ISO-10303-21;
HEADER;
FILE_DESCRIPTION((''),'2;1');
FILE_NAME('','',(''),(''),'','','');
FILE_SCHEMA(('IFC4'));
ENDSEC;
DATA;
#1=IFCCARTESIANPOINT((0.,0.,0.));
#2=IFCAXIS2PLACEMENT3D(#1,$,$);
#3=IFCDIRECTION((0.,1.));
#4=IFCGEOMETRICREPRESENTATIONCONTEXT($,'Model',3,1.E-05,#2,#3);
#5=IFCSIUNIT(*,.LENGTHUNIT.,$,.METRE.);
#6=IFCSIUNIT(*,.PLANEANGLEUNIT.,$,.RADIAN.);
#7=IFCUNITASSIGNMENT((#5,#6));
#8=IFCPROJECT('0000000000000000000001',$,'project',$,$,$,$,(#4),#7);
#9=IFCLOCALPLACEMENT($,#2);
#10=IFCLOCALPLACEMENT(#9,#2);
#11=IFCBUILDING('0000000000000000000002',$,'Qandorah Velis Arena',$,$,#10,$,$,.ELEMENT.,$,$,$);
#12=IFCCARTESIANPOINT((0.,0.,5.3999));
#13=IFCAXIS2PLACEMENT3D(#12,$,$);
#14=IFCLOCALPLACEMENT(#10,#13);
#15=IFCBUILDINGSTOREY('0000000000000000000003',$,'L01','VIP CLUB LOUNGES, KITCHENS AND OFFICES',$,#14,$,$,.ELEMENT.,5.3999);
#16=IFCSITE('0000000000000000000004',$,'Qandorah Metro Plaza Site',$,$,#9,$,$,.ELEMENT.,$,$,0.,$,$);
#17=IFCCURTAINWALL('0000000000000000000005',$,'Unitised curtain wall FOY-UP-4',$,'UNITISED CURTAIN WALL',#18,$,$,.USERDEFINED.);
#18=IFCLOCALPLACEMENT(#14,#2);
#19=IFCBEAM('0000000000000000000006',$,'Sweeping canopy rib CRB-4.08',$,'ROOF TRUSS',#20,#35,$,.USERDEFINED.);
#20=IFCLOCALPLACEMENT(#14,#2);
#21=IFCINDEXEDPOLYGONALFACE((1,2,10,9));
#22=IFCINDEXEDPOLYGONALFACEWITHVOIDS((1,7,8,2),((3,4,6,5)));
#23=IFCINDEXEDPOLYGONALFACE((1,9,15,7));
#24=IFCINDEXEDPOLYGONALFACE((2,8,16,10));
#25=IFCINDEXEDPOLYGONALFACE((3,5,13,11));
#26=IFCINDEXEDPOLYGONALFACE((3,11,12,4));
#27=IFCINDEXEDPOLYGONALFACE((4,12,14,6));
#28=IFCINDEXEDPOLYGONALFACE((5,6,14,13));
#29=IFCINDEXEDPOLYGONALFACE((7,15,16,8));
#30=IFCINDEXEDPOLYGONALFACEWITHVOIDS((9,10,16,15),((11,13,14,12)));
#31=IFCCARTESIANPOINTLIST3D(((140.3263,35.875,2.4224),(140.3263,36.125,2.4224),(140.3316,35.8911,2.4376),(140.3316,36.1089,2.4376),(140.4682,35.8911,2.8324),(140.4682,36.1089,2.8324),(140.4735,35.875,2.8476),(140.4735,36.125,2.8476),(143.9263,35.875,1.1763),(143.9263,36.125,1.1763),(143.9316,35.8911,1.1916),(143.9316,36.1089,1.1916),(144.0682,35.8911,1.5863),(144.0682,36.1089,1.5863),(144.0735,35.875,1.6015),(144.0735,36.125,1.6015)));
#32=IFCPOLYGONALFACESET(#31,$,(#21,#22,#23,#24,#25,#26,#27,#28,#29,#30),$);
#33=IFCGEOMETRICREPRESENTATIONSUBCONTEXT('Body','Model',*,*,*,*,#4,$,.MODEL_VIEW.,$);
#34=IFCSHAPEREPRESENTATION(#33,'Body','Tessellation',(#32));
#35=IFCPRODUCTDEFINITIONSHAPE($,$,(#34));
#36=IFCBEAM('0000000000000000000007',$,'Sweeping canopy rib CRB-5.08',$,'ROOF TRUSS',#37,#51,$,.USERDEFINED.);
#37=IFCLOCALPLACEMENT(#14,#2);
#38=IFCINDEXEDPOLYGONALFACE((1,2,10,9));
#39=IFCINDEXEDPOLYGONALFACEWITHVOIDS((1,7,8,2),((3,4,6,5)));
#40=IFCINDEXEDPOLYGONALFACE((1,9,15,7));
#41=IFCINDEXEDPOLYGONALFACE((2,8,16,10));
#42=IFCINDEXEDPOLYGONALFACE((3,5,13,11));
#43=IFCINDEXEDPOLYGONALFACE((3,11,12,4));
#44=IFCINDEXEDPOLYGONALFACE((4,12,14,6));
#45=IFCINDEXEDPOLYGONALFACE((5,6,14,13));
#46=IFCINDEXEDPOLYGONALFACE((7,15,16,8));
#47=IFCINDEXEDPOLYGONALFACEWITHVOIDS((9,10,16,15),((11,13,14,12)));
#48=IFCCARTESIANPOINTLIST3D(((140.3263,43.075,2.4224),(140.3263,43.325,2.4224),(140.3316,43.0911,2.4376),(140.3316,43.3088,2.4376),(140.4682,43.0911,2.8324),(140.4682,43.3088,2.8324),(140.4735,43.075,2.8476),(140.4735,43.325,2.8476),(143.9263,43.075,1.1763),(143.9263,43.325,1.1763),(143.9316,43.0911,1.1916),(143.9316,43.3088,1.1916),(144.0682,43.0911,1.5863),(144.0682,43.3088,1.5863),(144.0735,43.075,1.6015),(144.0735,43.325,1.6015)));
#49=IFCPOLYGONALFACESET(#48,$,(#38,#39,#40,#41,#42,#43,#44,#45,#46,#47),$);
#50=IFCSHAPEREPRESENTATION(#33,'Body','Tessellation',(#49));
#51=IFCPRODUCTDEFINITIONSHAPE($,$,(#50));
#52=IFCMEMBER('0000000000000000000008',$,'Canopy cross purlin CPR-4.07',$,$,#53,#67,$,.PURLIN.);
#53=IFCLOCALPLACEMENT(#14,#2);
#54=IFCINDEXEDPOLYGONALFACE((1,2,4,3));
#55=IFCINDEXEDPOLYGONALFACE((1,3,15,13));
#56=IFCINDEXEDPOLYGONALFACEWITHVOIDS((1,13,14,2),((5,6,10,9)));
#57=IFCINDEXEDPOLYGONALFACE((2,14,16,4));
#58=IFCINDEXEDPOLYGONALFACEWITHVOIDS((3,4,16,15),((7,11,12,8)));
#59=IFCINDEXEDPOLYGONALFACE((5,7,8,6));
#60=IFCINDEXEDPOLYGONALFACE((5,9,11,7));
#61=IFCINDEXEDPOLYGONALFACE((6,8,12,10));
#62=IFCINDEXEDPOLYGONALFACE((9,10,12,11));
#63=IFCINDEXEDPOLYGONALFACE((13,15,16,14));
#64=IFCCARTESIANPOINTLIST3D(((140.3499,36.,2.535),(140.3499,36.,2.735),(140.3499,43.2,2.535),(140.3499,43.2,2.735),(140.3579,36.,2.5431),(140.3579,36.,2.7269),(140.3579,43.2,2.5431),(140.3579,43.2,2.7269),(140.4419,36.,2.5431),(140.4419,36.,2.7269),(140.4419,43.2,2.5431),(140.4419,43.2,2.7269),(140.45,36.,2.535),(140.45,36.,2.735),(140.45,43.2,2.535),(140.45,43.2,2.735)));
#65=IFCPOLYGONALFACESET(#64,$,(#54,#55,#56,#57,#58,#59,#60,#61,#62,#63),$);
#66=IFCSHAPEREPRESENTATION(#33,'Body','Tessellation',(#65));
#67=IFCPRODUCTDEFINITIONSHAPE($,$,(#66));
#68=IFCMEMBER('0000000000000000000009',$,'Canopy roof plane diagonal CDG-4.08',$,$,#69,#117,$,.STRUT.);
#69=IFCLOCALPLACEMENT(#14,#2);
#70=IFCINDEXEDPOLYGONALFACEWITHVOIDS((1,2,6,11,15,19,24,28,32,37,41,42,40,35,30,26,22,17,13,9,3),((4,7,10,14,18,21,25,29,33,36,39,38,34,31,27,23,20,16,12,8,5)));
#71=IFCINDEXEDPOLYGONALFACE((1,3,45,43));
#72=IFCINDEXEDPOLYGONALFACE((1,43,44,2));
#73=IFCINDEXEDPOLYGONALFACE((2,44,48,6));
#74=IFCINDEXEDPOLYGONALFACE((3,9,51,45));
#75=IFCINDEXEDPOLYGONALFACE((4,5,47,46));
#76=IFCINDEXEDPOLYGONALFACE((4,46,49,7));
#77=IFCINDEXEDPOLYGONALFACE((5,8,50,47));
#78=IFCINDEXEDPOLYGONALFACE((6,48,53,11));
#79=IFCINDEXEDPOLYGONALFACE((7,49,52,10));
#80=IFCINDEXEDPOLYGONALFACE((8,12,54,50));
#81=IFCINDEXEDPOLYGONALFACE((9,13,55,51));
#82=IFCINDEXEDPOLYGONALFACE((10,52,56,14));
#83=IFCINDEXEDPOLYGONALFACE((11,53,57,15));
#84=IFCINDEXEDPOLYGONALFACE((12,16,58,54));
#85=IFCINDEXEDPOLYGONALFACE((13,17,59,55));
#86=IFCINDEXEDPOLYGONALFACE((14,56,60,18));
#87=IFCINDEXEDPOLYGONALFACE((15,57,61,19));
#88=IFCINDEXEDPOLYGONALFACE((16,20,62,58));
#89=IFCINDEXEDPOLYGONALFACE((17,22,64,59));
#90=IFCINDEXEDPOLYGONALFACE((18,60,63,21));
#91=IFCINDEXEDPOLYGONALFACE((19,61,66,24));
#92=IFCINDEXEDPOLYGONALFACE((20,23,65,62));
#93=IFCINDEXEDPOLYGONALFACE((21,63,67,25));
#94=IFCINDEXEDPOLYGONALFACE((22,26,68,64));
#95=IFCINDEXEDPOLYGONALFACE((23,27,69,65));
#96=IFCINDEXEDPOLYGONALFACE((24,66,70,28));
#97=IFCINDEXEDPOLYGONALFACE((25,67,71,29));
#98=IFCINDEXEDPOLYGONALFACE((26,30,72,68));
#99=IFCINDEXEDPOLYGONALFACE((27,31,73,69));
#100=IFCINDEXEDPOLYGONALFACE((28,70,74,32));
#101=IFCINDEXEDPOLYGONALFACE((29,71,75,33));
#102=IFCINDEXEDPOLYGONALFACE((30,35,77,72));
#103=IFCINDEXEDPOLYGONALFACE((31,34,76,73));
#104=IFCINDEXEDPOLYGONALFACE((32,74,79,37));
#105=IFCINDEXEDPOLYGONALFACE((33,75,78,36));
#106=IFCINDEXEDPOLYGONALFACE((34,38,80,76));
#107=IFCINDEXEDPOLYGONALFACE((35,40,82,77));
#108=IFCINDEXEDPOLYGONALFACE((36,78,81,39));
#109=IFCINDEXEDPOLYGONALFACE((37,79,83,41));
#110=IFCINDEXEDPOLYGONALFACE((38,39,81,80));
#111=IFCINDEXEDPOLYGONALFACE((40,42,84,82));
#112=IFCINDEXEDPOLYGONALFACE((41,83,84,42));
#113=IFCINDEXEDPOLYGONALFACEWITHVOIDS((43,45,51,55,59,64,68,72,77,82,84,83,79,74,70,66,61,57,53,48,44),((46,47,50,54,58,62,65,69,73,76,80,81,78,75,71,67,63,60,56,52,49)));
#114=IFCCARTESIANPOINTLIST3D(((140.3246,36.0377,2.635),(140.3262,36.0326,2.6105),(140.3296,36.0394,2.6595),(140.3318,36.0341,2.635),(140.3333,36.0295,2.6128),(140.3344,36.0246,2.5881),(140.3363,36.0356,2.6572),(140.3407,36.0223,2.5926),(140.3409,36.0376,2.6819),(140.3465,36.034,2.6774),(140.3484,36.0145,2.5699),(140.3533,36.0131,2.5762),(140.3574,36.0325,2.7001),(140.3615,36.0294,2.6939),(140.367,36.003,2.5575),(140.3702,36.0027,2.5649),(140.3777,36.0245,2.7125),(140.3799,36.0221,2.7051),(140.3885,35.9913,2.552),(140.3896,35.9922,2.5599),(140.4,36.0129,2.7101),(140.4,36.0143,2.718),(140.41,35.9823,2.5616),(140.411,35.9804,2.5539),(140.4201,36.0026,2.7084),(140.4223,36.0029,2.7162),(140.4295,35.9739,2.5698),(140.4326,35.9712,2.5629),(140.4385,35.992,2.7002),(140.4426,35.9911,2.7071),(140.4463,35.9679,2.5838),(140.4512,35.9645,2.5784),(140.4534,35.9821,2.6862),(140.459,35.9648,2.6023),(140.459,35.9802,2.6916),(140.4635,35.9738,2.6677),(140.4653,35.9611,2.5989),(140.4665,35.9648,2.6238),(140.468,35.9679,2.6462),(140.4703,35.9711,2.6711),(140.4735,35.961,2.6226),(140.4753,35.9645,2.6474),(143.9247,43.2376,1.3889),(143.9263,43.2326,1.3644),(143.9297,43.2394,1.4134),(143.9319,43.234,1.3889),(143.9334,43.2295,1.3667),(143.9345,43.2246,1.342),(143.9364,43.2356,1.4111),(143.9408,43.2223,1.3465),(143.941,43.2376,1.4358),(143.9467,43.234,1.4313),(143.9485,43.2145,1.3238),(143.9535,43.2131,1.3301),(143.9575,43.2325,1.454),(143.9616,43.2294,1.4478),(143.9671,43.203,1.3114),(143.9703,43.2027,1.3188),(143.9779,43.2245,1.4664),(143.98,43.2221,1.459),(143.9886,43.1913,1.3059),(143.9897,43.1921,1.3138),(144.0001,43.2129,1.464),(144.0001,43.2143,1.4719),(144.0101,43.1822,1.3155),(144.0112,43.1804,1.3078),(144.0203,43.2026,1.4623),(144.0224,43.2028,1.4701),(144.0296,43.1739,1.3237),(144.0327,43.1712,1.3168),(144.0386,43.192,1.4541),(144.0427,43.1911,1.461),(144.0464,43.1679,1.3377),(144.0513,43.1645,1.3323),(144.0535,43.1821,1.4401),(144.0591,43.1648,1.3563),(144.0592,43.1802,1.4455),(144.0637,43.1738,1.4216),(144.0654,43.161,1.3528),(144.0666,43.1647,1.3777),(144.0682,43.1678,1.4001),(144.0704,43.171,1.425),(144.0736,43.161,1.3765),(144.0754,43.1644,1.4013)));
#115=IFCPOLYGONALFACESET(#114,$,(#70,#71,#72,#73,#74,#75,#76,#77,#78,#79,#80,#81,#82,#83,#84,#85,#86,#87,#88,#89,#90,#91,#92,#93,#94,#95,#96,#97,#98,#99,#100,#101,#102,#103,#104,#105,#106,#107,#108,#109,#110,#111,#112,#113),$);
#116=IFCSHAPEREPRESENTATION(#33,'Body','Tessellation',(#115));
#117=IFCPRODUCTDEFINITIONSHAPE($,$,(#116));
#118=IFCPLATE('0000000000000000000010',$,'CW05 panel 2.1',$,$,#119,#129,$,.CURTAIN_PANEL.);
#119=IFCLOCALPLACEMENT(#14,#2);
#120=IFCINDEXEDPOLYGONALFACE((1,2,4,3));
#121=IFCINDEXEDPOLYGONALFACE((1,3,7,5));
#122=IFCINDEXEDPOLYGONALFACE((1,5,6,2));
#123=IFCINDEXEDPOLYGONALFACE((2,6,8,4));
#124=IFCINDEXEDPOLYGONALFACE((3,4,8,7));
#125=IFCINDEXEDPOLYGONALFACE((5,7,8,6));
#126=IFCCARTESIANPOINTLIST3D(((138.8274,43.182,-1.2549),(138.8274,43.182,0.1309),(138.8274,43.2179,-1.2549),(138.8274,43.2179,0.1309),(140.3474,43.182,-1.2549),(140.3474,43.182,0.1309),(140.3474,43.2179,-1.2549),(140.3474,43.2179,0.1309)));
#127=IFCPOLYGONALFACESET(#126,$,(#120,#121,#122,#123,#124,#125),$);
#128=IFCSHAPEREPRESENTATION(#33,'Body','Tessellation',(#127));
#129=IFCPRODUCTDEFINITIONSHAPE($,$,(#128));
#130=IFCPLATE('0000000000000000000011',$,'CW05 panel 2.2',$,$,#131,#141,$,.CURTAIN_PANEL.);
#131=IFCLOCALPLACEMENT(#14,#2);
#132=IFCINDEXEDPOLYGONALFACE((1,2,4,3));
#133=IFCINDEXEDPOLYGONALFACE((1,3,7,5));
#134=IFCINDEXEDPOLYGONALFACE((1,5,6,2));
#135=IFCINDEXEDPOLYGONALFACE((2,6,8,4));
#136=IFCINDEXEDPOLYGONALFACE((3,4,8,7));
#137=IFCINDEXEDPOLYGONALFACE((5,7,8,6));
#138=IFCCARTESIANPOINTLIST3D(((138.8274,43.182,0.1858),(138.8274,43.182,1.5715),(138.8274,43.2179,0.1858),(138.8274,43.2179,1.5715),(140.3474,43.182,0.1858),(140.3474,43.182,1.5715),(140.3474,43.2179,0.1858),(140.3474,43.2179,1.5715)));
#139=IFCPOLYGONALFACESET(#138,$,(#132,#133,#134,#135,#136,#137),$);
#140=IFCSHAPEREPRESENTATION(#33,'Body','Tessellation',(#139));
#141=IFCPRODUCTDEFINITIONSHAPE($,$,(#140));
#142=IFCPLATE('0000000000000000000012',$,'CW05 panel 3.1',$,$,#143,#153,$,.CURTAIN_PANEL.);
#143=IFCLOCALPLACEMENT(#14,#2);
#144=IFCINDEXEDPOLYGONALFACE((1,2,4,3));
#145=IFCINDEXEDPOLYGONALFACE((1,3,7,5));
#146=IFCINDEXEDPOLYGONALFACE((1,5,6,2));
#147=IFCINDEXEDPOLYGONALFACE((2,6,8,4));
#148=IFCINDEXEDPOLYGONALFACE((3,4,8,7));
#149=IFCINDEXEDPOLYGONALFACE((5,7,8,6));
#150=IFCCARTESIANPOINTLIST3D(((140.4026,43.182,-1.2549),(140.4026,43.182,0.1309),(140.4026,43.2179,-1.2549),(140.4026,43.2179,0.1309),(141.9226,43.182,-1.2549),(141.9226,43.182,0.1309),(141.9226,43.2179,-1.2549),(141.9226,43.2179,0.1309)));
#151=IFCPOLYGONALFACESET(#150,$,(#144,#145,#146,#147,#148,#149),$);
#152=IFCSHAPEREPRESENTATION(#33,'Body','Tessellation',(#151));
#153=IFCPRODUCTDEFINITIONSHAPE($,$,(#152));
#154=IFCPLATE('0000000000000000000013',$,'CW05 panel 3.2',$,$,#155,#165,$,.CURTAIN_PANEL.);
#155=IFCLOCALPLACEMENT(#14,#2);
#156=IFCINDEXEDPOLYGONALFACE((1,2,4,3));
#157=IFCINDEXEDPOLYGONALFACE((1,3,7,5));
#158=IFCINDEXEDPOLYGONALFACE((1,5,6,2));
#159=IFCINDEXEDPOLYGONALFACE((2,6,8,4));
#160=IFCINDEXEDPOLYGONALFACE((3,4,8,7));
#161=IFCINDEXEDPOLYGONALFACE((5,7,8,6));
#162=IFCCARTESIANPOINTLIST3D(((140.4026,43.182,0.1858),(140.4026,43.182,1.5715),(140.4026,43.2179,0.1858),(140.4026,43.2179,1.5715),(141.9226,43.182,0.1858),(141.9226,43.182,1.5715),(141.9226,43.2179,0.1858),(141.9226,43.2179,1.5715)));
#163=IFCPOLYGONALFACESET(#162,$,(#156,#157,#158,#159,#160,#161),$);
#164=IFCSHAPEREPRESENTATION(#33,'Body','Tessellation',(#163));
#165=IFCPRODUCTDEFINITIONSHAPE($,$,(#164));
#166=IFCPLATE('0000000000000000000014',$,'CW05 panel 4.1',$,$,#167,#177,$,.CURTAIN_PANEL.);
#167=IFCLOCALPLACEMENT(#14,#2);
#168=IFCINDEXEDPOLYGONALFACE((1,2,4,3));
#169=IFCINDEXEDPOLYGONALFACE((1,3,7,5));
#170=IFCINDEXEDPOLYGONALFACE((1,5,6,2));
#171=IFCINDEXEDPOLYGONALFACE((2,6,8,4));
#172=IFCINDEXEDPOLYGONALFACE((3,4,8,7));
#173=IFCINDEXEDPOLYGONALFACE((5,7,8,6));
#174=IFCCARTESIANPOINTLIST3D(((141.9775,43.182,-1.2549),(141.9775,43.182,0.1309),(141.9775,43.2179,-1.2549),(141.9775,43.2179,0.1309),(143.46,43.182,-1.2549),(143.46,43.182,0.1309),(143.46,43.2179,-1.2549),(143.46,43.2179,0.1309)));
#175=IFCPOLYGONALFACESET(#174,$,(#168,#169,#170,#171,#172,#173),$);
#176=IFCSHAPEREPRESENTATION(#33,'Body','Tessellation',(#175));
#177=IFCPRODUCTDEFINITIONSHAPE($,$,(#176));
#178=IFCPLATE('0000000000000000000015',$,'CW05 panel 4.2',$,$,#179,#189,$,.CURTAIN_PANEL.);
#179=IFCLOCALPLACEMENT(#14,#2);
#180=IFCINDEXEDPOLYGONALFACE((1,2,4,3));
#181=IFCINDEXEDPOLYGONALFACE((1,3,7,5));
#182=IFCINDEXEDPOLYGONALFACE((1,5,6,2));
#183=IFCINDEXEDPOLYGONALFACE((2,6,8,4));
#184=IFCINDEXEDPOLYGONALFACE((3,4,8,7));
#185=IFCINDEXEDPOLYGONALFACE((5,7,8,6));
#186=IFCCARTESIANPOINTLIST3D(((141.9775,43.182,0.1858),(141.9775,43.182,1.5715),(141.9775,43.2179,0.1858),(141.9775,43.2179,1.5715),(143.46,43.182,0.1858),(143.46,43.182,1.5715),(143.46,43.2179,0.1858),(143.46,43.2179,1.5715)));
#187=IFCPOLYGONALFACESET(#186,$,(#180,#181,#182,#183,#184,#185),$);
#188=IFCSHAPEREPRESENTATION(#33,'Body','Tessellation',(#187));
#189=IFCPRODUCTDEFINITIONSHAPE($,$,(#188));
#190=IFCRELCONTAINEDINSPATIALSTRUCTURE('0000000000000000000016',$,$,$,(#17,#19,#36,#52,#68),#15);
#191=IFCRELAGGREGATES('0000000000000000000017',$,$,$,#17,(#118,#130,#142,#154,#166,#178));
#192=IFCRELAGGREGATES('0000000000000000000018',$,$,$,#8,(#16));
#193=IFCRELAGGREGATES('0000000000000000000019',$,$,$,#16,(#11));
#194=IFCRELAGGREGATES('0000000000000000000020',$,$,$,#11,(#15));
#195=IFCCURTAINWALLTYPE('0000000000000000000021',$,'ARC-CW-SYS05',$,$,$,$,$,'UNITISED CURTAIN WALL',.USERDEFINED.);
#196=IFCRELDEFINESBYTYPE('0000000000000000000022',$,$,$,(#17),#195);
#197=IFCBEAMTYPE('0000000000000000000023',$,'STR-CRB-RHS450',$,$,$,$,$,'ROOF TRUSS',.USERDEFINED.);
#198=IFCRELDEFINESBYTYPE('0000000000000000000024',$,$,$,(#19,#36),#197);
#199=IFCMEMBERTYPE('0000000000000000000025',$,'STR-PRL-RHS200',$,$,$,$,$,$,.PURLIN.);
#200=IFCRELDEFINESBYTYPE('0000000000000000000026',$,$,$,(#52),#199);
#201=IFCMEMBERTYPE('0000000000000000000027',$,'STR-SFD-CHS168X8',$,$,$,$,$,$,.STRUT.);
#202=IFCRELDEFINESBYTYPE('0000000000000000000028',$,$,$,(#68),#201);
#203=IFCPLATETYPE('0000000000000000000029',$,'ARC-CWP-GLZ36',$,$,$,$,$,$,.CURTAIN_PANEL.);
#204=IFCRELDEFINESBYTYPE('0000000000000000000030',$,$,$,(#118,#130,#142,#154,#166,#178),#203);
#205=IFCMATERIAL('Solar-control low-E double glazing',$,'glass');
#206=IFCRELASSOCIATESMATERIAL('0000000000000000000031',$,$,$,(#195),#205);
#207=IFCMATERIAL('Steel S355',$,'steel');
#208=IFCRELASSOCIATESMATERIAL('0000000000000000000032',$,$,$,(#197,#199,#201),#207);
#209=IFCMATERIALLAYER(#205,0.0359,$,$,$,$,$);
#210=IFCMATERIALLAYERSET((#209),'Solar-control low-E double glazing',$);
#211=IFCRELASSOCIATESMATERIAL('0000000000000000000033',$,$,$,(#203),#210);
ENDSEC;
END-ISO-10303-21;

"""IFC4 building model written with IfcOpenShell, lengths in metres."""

from ifc_helpers import new_model, si_unit, direction, frame, origin, origin_2d, place, context, subcontext, project, spatial, rectangle, hollow_rectangle, hollow_circle, extrude, material, layer, layer_set, material_profile, profile_set, type_object, element, aggregate, save


model = new_model("IFC4")

# Units and contexts
model_context = context("Model", 3, precision=1e-05, world=origin(), true_north=direction((0.0, 1.0)))
body_context = subcontext(model_context, "Body", "Model", "MODEL_VIEW")
ifc_project = project(units=[si_unit("LENGTHUNIT", "METRE"), si_unit("PLANEANGLEUNIT", "RADIAN")], contexts=[model_context])

# Site, building, storey
site_placement = place(None, origin())
site = spatial("IfcSite", under=ifc_project, at=site_placement, Name="Qandorah Metro Plaza Site", CompositionType="ELEMENT", RefElevation=0.0)
building_placement = place(site_placement, origin())
building = spatial("IfcBuilding", under=site, at=building_placement, Name="Qandorah Velis Arena", CompositionType="ELEMENT")
storey_placement = place(building_placement, frame((0.0, 0.0, 5.3999)))
storey = spatial("IfcBuildingStorey", under=building, at=storey_placement, Name="L01", Description="VIP CLUB LOUNGES, KITCHENS AND OFFICES", CompositionType="ELEMENT", Elevation=5.3999)

# Curtain wall
ifc_material_1 = material(Name="Solar-control low-E double glazing", Category="glass")
curtain_wall_type = type_object("IfcCurtainWallType", Name="ARC-CW-SYS05", ElementType="UNITISED CURTAIN WALL", PredefinedType="USERDEFINED", material=ifc_material_1)
curtain_wall_placement = place(storey_placement, origin())
curtain_wall = element("IfcCurtainWall", 1, at=curtain_wall_placement, inside=storey, type_object=curtain_wall_type, Name="Unitised curtain wall FOY-UP-4", ObjectType="UNITISED CURTAIN WALL", PredefinedType="USERDEFINED")

# Beams
ifc_material_2 = material(Name="Steel S355", Category="steel")
ifc_material_profile_1 = material_profile(ifc_material_2, hollow_rectangle(XDim=0.25, YDim=0.45, WallThickness=0.0161, at=origin_2d()), Name="RHS 450x250x16")
ifc_profile_set_1 = profile_set([ifc_material_profile_1], Name="Steel S355")
beam_type = type_object("IfcBeamType", Name="STR-CRB-RHS450", ElementType="ROOF TRUSS", PredefinedType="USERDEFINED", material=ifc_profile_set_1)
for number, where, z_axis, x_axis, name in (
    (2, (140.3999, 36.0, 2.635), (0.944994, 0.0, -0.327089), (0.0, 1.0, 0.0), "Sweeping canopy rib CRB-4.08"),
    (3, (140.3999, 43.2, 2.635), (0.944994, 0.0, -0.327089), (0.0, 1.0, 0.0), "Sweeping canopy rib CRB-5.08"),
):
    element("IfcBeam", number, at=place(storey_placement, frame(where, z_axis=z_axis, x_axis=x_axis)), inside=storey, type_object=beam_type, Name=name, ObjectType="ROOF TRUSS", PredefinedType="USERDEFINED", context=body_context, shape_type="SweptSolid", body=[
        extrude(hollow_rectangle(XDim=0.25, YDim=0.45, WallThickness=0.0161, at=origin_2d()), origin(), (0.0, 0.0, 1.0), 3.8096),
    ])

# Members
ifc_material_profile_2 = material_profile(ifc_material_2, hollow_rectangle(XDim=0.1001, YDim=0.2, WallThickness=0.0081, at=origin_2d()), Name="RHS 200x100x8")
ifc_profile_set_2 = profile_set([ifc_material_profile_2], Name="Steel S355")
member_type_1 = type_object("IfcMemberType", Name="STR-PRL-RHS200", PredefinedType="PURLIN", material=ifc_profile_set_2)
member_1_placement = place(storey_placement, frame((140.3999, 36.0, 2.635), z_axis=(0.0, 1.0, 0.0), x_axis=(-1.0, 0.0, 0.0)))
element("IfcMember", 4, at=member_1_placement, inside=storey, type_object=member_type_1, Name="Canopy cross purlin CPR-4.07", PredefinedType="PURLIN", context=body_context, shape_type="SweptSolid", body=[
    extrude(hollow_rectangle(XDim=0.1001, YDim=0.2, WallThickness=0.0081, at=origin_2d()), origin(), (0.0, 0.0, 1.0), 7.2),
])
ifc_material_profile_3 = material_profile(ifc_material_2, hollow_circle(Radius=0.0842, WallThickness=0.0081, at=origin_2d()), Name="CHS 168.3x8")
ifc_profile_set_3 = profile_set([ifc_material_profile_3], Name="Steel S355")
member_type_2 = type_object("IfcMemberType", Name="STR-SFD-CHS168X8", PredefinedType="STRUT", material=ifc_profile_set_3)
member_2_placement = place(storey_placement, frame((140.3999, 36.0, 2.635), z_axis=(0.441962, 0.883894, -0.152975), x_axis=(-0.894421, 0.447226, 0.0)))
element("IfcMember", 5, at=member_2_placement, inside=storey, type_object=member_type_2, Name="Canopy roof plane diagonal CDG-4.08", PredefinedType="STRUT", context=body_context, shape_type="SweptSolid", body=[
    extrude(hollow_circle(Radius=0.0842, WallThickness=0.0081, at=origin_2d()), origin(), (0.0, 0.0, 1.0), 8.1458),
])

# Plates
ifc_layer_1 = layer(ifc_material_1, 0.0359)
ifc_layer_set_1 = layer_set([ifc_layer_1], Name="Solar-control low-E double glazing")
plate_type = type_object("IfcPlateType", Name="ARC-CWP-GLZ36", PredefinedType="CURTAIN_PANEL", material=ifc_layer_set_1)
plate_1_placement = place(storey_placement, frame((139.5874, 43.2, -1.2549), z_axis=(0.0, 0.0, 1.0), x_axis=(1.0, 0.0, 0.0)))
plate_1 = element("IfcPlate", 6, at=plate_1_placement, type_object=plate_type, Name="CW05 panel 2.1", PredefinedType="CURTAIN_PANEL", context=body_context, shape_type="SweptSolid", body=[
    extrude(rectangle(XDim=1.52, YDim=0.0359, at=origin_2d()), origin(), (0.0, 0.0, 1.0), 1.3857),
])
plate_2_placement = place(storey_placement, frame((139.5874, 43.2, 0.1858), z_axis=(0.0, 0.0, 1.0), x_axis=(1.0, 0.0, 0.0)))
plate_2 = element("IfcPlate", 7, at=plate_2_placement, type_object=plate_type, Name="CW05 panel 2.2", PredefinedType="CURTAIN_PANEL", context=body_context, shape_type="SweptSolid", body=[
    extrude(rectangle(XDim=1.52, YDim=0.0359, at=origin_2d()), origin(), (0.0, 0.0, 1.0), 1.3857),
])
plate_3_placement = place(storey_placement, frame((141.1626, 43.2, -1.2549), z_axis=(0.0, 0.0, 1.0), x_axis=(1.0, 0.0, 0.0)))
plate_3 = element("IfcPlate", 8, at=plate_3_placement, type_object=plate_type, Name="CW05 panel 3.1", PredefinedType="CURTAIN_PANEL", context=body_context, shape_type="SweptSolid", body=[
    extrude(rectangle(XDim=1.52, YDim=0.0359, at=origin_2d()), origin(), (0.0, 0.0, 1.0), 1.3857),
])
plate_4_placement = place(storey_placement, frame((141.1626, 43.2, 0.1858), z_axis=(0.0, 0.0, 1.0), x_axis=(1.0, 0.0, 0.0)))
plate_4 = element("IfcPlate", 9, at=plate_4_placement, type_object=plate_type, Name="CW05 panel 3.2", PredefinedType="CURTAIN_PANEL", context=body_context, shape_type="SweptSolid", body=[
    extrude(rectangle(XDim=1.52, YDim=0.0359, at=origin_2d()), origin(), (0.0, 0.0, 1.0), 1.3857),
])
plate_5_placement = place(storey_placement, frame((142.7188, 43.2, -1.2549), z_axis=(0.0, 0.0, 1.0), x_axis=(1.0, 0.0, 0.0)))
plate_5 = element("IfcPlate", 10, at=plate_5_placement, type_object=plate_type, Name="CW05 panel 4.1", PredefinedType="CURTAIN_PANEL", context=body_context, shape_type="SweptSolid", body=[
    extrude(rectangle(XDim=1.4824, YDim=0.0359, at=origin_2d()), origin(), (0.0, 0.0, 1.0), 1.3857),
])
plate_6_placement = place(storey_placement, frame((142.7188, 43.2, 0.1858), z_axis=(0.0, 0.0, 1.0), x_axis=(1.0, 0.0, 0.0)))
plate_6 = element("IfcPlate", 11, at=plate_6_placement, type_object=plate_type, Name="CW05 panel 4.2", PredefinedType="CURTAIN_PANEL", context=body_context, shape_type="SweptSolid", body=[
    extrude(rectangle(XDim=1.4824, YDim=0.0359, at=origin_2d()), origin(), (0.0, 0.0, 1.0), 1.3857),
])
aggregate(curtain_wall, [plate_1, plate_2, plate_3, plate_4, plate_5, plate_6])

save(model, "model.ifc")
